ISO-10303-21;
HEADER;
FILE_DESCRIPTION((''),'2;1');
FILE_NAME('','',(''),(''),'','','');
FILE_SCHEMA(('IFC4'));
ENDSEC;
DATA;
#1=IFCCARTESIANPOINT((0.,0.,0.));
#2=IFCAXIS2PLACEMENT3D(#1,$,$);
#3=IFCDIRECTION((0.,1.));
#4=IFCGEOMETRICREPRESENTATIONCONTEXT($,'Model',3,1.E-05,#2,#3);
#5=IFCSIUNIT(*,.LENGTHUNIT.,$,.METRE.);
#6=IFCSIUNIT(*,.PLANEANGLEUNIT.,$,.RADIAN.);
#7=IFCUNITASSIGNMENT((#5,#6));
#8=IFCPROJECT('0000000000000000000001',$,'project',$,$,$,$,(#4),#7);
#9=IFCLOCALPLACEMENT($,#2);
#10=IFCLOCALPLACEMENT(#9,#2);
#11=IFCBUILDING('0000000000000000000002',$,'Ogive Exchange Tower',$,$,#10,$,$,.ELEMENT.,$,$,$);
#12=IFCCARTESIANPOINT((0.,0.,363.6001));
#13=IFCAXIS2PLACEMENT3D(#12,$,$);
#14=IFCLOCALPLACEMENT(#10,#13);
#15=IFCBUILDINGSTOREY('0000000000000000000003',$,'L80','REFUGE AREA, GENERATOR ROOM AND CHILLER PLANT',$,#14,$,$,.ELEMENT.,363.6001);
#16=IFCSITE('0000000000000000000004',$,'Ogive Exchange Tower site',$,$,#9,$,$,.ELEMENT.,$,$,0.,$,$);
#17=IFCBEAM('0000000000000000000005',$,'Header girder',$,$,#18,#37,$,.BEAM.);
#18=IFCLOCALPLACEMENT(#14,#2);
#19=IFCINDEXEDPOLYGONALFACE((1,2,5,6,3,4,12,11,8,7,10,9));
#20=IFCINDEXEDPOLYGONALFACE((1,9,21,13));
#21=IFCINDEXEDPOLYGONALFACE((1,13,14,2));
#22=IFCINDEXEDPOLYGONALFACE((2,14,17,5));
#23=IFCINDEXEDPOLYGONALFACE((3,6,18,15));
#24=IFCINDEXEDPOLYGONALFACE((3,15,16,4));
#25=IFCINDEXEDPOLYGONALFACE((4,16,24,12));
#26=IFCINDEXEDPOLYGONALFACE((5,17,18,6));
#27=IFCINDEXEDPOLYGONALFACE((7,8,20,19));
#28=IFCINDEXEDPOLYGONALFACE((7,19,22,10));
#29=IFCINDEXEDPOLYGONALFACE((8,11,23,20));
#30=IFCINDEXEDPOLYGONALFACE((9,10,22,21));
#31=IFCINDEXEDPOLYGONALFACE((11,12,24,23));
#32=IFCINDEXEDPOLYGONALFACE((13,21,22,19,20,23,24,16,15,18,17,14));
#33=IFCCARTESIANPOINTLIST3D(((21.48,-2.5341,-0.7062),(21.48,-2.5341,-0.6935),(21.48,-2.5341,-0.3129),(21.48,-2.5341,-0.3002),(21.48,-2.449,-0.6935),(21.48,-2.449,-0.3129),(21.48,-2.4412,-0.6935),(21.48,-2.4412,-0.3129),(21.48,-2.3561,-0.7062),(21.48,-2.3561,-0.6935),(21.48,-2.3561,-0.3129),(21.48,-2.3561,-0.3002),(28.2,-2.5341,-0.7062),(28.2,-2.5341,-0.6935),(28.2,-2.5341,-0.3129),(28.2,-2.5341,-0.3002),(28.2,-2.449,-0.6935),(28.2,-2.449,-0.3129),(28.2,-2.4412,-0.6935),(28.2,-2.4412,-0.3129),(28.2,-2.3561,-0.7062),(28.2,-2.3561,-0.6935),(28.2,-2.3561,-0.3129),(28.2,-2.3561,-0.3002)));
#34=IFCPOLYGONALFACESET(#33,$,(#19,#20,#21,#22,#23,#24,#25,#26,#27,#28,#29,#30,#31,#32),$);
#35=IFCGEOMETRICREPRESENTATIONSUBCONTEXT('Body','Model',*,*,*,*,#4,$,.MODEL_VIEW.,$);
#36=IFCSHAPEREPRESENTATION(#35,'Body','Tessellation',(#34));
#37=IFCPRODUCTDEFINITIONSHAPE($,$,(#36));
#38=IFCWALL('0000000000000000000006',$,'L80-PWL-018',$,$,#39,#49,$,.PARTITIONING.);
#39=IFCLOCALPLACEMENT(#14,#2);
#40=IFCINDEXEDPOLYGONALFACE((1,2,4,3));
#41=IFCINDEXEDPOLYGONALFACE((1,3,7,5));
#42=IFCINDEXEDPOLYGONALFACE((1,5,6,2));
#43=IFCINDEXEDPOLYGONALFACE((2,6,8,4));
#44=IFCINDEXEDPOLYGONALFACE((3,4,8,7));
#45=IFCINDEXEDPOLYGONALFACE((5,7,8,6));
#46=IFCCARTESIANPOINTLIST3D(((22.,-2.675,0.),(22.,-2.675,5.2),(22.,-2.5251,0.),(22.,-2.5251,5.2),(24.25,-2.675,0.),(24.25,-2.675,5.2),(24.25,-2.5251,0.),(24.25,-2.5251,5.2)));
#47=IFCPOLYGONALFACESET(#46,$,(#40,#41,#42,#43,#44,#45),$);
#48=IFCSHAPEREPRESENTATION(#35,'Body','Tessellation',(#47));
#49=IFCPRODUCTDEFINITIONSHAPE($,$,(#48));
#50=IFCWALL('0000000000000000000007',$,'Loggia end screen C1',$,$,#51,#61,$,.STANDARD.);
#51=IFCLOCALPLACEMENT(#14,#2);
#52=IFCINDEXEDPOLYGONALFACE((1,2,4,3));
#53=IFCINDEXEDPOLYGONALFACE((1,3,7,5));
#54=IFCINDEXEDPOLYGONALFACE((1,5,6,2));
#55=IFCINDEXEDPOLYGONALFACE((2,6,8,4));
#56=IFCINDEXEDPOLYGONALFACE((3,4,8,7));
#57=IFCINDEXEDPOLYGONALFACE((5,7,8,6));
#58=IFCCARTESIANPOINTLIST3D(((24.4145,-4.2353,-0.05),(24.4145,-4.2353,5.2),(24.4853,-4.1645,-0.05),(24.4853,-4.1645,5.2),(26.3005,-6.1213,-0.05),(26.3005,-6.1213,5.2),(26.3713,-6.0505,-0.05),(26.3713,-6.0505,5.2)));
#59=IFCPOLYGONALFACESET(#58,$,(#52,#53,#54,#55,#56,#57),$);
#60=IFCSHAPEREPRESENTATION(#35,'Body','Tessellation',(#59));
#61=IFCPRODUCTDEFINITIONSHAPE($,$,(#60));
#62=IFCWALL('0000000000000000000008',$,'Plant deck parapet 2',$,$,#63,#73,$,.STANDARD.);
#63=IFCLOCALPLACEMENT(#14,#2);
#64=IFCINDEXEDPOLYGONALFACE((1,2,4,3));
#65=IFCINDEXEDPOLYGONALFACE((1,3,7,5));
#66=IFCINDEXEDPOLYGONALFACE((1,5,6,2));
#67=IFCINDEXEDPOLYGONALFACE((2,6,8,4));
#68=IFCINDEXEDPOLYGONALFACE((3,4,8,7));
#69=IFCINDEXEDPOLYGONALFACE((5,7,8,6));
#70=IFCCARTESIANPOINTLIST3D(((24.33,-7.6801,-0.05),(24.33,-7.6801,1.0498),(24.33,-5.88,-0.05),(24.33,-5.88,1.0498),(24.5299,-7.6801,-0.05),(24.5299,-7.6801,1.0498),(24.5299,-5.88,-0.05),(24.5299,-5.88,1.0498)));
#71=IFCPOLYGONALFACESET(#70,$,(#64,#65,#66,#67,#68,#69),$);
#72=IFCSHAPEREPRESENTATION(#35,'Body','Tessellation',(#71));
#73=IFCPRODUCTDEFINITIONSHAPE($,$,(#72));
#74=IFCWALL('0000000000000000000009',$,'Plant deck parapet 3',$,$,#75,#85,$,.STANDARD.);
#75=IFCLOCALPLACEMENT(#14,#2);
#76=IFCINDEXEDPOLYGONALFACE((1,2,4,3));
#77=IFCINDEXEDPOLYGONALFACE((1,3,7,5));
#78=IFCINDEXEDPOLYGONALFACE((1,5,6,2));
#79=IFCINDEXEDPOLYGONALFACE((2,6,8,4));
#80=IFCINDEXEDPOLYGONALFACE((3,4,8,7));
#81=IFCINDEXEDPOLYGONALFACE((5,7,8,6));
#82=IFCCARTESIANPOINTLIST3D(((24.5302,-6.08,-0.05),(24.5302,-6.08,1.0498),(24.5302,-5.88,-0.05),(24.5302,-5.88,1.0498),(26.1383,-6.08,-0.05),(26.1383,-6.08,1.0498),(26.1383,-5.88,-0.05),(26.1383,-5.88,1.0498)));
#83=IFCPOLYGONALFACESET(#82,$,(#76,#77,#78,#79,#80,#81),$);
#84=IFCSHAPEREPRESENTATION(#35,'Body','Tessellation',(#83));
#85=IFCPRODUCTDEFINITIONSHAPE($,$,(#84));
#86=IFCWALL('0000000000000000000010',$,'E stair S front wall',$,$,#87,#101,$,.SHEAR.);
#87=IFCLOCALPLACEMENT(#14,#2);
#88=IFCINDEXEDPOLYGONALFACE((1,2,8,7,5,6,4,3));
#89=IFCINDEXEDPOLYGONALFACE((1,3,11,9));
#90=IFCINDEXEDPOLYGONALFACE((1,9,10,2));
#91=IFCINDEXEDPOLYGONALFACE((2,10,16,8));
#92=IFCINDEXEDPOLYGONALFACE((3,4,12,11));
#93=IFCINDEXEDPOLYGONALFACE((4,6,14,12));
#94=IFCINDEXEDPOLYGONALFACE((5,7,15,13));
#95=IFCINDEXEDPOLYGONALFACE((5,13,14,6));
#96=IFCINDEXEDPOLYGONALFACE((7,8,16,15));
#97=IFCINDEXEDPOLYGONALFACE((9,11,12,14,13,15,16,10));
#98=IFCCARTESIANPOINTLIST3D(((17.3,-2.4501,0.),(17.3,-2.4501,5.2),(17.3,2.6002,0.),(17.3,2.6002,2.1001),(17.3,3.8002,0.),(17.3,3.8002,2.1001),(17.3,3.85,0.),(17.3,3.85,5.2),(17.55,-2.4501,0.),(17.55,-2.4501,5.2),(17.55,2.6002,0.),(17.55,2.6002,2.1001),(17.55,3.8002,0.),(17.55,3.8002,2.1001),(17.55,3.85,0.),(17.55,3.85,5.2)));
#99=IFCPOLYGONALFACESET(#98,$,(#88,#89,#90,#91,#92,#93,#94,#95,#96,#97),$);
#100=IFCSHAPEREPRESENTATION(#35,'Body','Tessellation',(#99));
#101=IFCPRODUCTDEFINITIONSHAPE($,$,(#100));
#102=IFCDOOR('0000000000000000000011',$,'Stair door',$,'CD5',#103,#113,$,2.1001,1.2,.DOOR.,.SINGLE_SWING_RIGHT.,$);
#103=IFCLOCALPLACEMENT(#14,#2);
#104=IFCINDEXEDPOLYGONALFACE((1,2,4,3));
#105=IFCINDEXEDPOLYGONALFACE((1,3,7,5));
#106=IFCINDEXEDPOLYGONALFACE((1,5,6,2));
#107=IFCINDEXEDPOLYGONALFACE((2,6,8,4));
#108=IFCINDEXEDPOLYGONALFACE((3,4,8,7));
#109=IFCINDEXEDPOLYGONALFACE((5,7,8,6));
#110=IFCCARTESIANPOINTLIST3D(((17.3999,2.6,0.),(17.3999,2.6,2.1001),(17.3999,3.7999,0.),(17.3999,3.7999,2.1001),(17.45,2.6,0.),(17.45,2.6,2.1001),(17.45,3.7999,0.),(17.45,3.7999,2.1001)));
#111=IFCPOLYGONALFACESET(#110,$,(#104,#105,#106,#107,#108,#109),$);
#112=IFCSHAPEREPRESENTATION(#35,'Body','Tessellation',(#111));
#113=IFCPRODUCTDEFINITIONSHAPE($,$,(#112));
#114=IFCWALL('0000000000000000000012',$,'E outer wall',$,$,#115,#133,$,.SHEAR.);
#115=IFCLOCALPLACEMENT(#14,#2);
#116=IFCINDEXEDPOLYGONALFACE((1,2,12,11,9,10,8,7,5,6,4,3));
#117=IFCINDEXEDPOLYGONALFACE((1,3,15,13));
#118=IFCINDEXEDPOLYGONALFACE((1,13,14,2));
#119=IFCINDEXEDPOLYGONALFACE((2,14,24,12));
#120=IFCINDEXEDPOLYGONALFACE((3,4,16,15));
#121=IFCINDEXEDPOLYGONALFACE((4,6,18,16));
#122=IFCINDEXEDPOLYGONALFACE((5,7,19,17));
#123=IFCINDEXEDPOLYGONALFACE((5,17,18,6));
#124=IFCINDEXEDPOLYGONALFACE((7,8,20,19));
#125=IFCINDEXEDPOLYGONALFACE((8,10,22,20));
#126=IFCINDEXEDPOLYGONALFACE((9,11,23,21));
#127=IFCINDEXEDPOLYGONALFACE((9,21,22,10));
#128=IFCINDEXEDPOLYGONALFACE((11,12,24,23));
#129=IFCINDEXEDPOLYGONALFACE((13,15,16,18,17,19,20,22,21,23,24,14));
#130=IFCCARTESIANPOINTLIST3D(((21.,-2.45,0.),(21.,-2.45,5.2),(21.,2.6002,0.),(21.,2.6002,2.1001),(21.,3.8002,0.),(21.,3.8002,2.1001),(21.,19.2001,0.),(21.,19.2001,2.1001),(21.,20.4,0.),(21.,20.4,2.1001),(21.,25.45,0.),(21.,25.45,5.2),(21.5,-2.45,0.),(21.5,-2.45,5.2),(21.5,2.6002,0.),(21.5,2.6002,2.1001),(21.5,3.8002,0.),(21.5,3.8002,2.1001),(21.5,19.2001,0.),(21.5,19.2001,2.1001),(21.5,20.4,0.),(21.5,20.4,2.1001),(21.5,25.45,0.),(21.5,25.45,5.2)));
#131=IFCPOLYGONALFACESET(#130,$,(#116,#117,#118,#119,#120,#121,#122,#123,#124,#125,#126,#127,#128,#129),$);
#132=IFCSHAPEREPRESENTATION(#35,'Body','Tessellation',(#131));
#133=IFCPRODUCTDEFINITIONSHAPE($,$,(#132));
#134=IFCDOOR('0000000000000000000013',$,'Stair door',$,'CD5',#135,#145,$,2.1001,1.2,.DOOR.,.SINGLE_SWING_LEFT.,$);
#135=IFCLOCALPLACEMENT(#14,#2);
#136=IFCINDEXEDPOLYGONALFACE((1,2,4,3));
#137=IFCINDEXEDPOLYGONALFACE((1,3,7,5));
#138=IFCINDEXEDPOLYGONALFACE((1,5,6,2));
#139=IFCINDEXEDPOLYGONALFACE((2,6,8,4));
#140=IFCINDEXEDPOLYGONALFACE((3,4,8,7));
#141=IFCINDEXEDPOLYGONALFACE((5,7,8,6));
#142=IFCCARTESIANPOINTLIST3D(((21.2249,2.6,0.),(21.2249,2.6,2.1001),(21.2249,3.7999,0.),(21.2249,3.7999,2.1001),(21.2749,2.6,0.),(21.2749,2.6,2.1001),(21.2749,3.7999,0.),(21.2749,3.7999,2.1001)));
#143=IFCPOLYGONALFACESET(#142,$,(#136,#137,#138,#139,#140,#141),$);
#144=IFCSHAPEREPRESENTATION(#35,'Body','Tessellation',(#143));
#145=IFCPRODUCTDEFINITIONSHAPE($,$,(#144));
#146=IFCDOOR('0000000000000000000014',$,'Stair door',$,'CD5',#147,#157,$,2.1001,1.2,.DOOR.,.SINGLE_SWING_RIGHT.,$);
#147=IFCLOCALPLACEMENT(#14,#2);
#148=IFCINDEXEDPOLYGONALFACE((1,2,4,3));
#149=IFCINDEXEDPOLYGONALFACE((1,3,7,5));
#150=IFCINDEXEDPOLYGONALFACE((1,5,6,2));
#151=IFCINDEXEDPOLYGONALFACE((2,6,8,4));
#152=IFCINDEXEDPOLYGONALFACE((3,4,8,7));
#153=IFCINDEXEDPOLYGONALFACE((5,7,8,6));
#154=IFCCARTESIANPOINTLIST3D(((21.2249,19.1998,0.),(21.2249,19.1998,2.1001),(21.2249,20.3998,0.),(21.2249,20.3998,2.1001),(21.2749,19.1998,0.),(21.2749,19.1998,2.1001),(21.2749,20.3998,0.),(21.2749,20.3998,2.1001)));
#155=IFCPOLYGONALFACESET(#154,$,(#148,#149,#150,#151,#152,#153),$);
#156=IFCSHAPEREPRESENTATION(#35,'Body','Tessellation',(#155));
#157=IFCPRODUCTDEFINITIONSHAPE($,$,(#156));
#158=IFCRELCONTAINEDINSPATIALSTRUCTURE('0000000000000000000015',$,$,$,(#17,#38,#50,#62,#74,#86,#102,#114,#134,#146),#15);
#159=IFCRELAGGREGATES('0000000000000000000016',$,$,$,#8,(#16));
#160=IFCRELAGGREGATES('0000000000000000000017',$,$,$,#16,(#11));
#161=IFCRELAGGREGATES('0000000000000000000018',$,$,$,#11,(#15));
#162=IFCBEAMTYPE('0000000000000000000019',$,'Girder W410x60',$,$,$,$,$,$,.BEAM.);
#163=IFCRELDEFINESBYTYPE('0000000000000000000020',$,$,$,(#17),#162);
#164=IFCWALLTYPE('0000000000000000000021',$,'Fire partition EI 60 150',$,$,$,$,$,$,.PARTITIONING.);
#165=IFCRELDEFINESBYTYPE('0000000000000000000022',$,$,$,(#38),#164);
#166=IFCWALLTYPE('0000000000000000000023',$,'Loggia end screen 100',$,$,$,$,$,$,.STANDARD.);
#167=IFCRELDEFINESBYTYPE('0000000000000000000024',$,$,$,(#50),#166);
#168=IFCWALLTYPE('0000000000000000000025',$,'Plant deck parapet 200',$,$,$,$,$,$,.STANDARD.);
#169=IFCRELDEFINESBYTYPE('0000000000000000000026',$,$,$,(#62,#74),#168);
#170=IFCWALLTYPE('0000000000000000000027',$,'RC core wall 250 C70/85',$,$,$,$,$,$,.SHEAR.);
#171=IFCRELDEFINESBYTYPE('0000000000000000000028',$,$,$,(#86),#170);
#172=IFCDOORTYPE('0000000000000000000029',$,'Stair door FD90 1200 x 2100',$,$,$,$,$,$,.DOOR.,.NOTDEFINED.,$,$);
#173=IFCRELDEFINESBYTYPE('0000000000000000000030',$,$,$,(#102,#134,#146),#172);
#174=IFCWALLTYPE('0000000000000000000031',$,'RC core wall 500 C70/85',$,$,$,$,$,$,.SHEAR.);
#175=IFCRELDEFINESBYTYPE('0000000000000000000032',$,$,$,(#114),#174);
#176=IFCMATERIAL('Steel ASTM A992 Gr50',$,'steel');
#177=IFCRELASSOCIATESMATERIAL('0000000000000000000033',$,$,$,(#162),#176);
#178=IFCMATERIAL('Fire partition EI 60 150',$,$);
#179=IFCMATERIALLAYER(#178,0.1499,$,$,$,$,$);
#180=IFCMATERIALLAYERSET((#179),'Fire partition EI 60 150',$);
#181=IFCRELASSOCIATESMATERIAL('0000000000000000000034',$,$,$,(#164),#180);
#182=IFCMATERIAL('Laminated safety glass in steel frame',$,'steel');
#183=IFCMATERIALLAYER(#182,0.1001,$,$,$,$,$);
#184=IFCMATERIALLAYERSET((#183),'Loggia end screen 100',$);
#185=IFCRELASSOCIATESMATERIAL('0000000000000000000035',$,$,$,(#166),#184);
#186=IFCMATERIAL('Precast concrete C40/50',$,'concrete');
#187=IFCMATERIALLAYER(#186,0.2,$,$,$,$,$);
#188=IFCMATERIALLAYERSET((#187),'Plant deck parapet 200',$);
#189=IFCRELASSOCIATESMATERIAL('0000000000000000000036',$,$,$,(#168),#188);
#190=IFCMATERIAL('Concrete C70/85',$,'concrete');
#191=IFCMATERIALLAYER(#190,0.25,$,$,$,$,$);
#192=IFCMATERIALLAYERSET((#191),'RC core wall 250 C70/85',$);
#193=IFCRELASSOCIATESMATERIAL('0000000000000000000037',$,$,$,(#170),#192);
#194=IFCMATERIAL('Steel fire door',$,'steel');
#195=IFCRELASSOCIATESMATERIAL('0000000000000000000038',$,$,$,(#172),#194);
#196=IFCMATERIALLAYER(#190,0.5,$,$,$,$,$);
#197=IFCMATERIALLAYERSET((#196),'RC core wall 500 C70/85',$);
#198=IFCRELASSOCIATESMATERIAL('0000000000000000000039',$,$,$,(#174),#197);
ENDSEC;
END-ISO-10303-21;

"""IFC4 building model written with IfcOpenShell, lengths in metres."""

from ifc_helpers import new_model, si_unit, direction, frame, frame_2d, origin, origin_2d, place, context, subcontext, project, spatial, rectangle, i_section, extrude, material, layer, layer_set, material_profile, profile_set, type_object, element, fill, save


model = new_model("IFC4")

# Units and contexts
model_context = context("Model", 3, precision=1e-05, world=origin(), true_north=direction((0.0, 1.0)))
body_context = subcontext(model_context, "Body", "Model", "MODEL_VIEW")
ifc_project = project(units=[si_unit("LENGTHUNIT", "METRE"), si_unit("PLANEANGLEUNIT", "RADIAN")], contexts=[model_context])

# Site, building, storey
site_placement = place(None, origin())
site = spatial("IfcSite", under=ifc_project, at=site_placement, Name="Ogive Exchange Tower site", CompositionType="ELEMENT", RefElevation=0.0)
building_placement = place(site_placement, origin())
building = spatial("IfcBuilding", under=site, at=building_placement, Name="Ogive Exchange Tower", CompositionType="ELEMENT")
storey_placement = place(building_placement, frame((0.0, 0.0, 363.6001)))
storey = spatial("IfcBuildingStorey", under=building, at=storey_placement, Name="L80", Description="REFUGE AREA, GENERATOR ROOM AND CHILLER PLANT", CompositionType="ELEMENT", Elevation=363.6001)

# Beam
ifc_material_1 = material(Name="Steel ASTM A992 Gr50", Category="steel")
ifc_material_profile_1 = material_profile(ifc_material_1, i_section(OverallWidth=0.178, OverallDepth=0.406, WebThickness=0.0078, FlangeThickness=0.0127, at=origin_2d()), Name="W410x60")
ifc_profile_set_1 = profile_set([ifc_material_profile_1], Name="Steel ASTM A992 Gr50")
beam_type_1 = type_object("IfcBeamType", Name="Girder W410x60", PredefinedType="BEAM", material=ifc_profile_set_1)
beam_1_placement = place(storey_placement, frame((21.48, -2.4451, -0.5032), z_axis=(1.0, 0.0, 0.0), x_axis=(0.0, 1.0, 0.0)))
element("IfcBeam", 1, at=beam_1_placement, inside=storey, type_object=beam_type_1, Name="Header girder", PredefinedType="BEAM", context=body_context, shape_type="SweptSolid", body=[
    extrude(i_section(OverallWidth=0.178, OverallDepth=0.406, WebThickness=0.0078, FlangeThickness=0.0127, at=origin_2d()), origin(), (0.0, 0.0, 1.0), 6.72),
])

# Walls
ifc_material_2 = material(Name="Fire partition EI 60 150")
ifc_layer_1 = layer(ifc_material_2, 0.1499)
ifc_layer_set_1 = layer_set([ifc_layer_1], Name="Fire partition EI 60 150")
wall_type_1 = type_object("IfcWallType", Name="Fire partition EI 60 150", PredefinedType="PARTITIONING", material=ifc_layer_set_1)
wall_1_placement = place(storey_placement, frame((22.0, -2.6001, 0.0), z_axis=(0.0, 0.0, 1.0), x_axis=(1.0, 0.0, 0.0)))
element("IfcWall", 2, at=wall_1_placement, inside=storey, type_object=wall_type_1, Name="L80-PWL-018", PredefinedType="PARTITIONING", context=body_context, shape_type="SweptSolid", body=[
    extrude(rectangle(XDim=2.25, YDim=0.1499, at=frame_2d((1.125, 0.0))), origin(), (0.0, 0.0, 1.0), 5.2),
])
ifc_material_3 = material(Name="Laminated safety glass in steel frame", Category="steel")
ifc_layer_2 = layer(ifc_material_3, 0.1001)
ifc_layer_set_2 = layer_set([ifc_layer_2], Name="Loggia end screen 100")
wall_type_2 = type_object("IfcWallType", Name="Loggia end screen 100", PredefinedType="STANDARD", material=ifc_layer_set_2)
wall_2_placement = place(storey_placement, frame((24.45, -4.2, -0.05), z_axis=(0.0, 0.0, 1.0), x_axis=(0.707107, -0.707107, 0.0)))
element("IfcWall", 3, at=wall_2_placement, inside=storey, type_object=wall_type_2, Name="Loggia end screen C1", PredefinedType="STANDARD", context=body_context, shape_type="SweptSolid", body=[
    extrude(rectangle(XDim=2.6672, YDim=0.1001, at=frame_2d((1.3335, 0.0))), origin(), (0.0, 0.0, 1.0), 5.25),
])
ifc_material_4 = material(Name="Precast concrete C40/50", Category="concrete")
ifc_layer_3 = layer(ifc_material_4, 0.2)
ifc_layer_set_3 = layer_set([ifc_layer_3], Name="Plant deck parapet 200")
wall_type_3 = type_object("IfcWallType", Name="Plant deck parapet 200", PredefinedType="STANDARD", material=ifc_layer_set_3)
wall_3_placement = place(storey_placement, frame((24.4299, -7.6799, -0.05), z_axis=(0.0, 0.0, 1.0), x_axis=(0.0, 1.0, 0.0)))
element("IfcWall", 4, at=wall_3_placement, inside=storey, type_object=wall_type_3, Name="Plant deck parapet 2", PredefinedType="STANDARD", context=body_context, shape_type="SweptSolid", body=[
    extrude(rectangle(XDim=1.8, YDim=0.2, at=frame_2d((0.8999, 0.0))), origin(), (0.0, 0.0, 1.0), 1.0999),
])
wall_4_placement = place(storey_placement, frame((24.53, -5.98, -0.05), z_axis=(0.0, 0.0, 1.0), x_axis=(1.0, 0.0, 0.0)))
element("IfcWall", 5, at=wall_4_placement, inside=storey, type_object=wall_type_3, Name="Plant deck parapet 3", PredefinedType="STANDARD", context=body_context, shape_type="SweptSolid", body=[
    extrude(rectangle(XDim=1.6082, YDim=0.2, at=frame_2d((0.8042, 0.0))), origin(), (0.0, 0.0, 1.0), 1.0999),
])

# Wall, opening, door
ifc_material_5 = material(Name="Concrete C70/85", Category="concrete")
ifc_layer_4 = layer(ifc_material_5, 0.25)
ifc_layer_set_4 = layer_set([ifc_layer_4], Name="RC core wall 250 C70/85")
wall_type_4 = type_object("IfcWallType", Name="RC core wall 250 C70/85", PredefinedType="SHEAR", material=ifc_layer_set_4)
wall_5_placement = place(storey_placement, frame((17.425, -2.45, 0.0), z_axis=(0.0, 0.0, 1.0), x_axis=(0.0, 1.0, 0.0)))
wall_5 = element("IfcWall", 6, at=wall_5_placement, inside=storey, type_object=wall_type_4, Name="E stair S front wall", PredefinedType="SHEAR", context=body_context, shape_type="SweptSolid", body=[
    extrude(rectangle(XDim=6.3, YDim=0.25, at=frame_2d((3.1499, 0.0))), origin(), (0.0, 0.0, 1.0), 5.2),
])
opening_1_placement = place(wall_5_placement, frame((5.05, 0.0, 0.0)))
opening_1 = element("IfcOpeningElement", 7, at=opening_1_placement, cuts=wall_5, PredefinedType="OPENING", context=body_context, shape_type="SweptSolid", body=[
    extrude(rectangle(XDim=1.2, YDim=2.1001, at=frame_2d((0.6001, 1.05))), frame((0.0, 0.135, 0.0), z_axis=(0.0, -1.0, 0.0), x_axis=(1.0, 0.0, 0.0)), (0.0, 0.0, 1.0), 0.27),
])
ifc_material_6 = material(Name="Steel fire door", Category="steel")
door_type = type_object("IfcDoorType", Name="Stair door FD90 1200 x 2100", OperationType="NOTDEFINED", PredefinedType="DOOR", material=ifc_material_6)
door_1_placement = place(opening_1_placement, frame((1.2, 0.0, 0.0), z_axis=(0.0, 0.0, 1.0), x_axis=(-1.0, 0.0, 0.0)))
door_1 = element("IfcDoor", 8, at=door_1_placement, inside=storey, type_object=door_type, Name="Stair door", ObjectType="CD5", OperationType="SINGLE_SWING_RIGHT", OverallHeight=2.1001, OverallWidth=1.2, PredefinedType="DOOR", context=body_context, shape_type="SweptSolid", body=[
    extrude(rectangle(XDim=1.2, YDim=2.1001, at=frame_2d((0.6001, 1.05))), frame((0.0, 0.0249, 0.0), z_axis=(0.0, -1.0, 0.0), x_axis=(1.0, 0.0, 0.0)), (0.0, 0.0, 1.0), 0.05),
])
fill(opening_1, door_1)

# Wall, openings, doors
ifc_layer_5 = layer(ifc_material_5, 0.5)
ifc_layer_set_5 = layer_set([ifc_layer_5], Name="RC core wall 500 C70/85")
wall_type_5 = type_object("IfcWallType", Name="RC core wall 500 C70/85", PredefinedType="SHEAR", material=ifc_layer_set_5)
wall_6_placement = place(storey_placement, frame((21.25, -2.45, 0.0), z_axis=(0.0, 0.0, 1.0), x_axis=(0.0, 1.0, 0.0)))
wall_6 = element("IfcWall", 9, at=wall_6_placement, inside=storey, type_object=wall_type_5, Name="E outer wall", PredefinedType="SHEAR", context=body_context, shape_type="SweptSolid", body=[
    extrude(rectangle(XDim=27.8999, YDim=0.5, at=frame_2d((13.95, 0.0))), origin(), (0.0, 0.0, 1.0), 5.2),
])
opening_2_placement = place(wall_6_placement, frame((5.05, 0.0, 0.0)))
opening_2 = element("IfcOpeningElement", 10, at=opening_2_placement, cuts=wall_6, PredefinedType="OPENING", context=body_context, shape_type="SweptSolid", body=[
    extrude(rectangle(XDim=1.2, YDim=2.1001, at=frame_2d((0.6001, 1.05))), frame((0.0, 0.26, 0.0), z_axis=(0.0, -1.0, 0.0), x_axis=(1.0, 0.0, 0.0)), (0.0, 0.0, 1.0), 0.52),
])
opening_3_placement = place(wall_6_placement, frame((21.6499, 0.0, 0.0)))
opening_3 = element("IfcOpeningElement", 11, at=opening_3_placement, cuts=wall_6, PredefinedType="OPENING", context=body_context, shape_type="SweptSolid", body=[
    extrude(rectangle(XDim=1.2, YDim=2.1001, at=frame_2d((0.6001, 1.05))), frame((0.0, 0.26, 0.0), z_axis=(0.0, -1.0, 0.0), x_axis=(1.0, 0.0, 0.0)), (0.0, 0.0, 1.0), 0.52),
])
door_2_placement = place(opening_2_placement, frame((1.2, 0.0, 0.0), z_axis=(0.0, 0.0, 1.0), x_axis=(-1.0, 0.0, 0.0)))
door_2 = element("IfcDoor", 12, at=door_2_placement, inside=storey, type_object=door_type, Name="Stair door", ObjectType="CD5", OperationType="SINGLE_SWING_LEFT", OverallHeight=2.1001, OverallWidth=1.2, PredefinedType="DOOR", context=body_context, shape_type="SweptSolid", body=[
    extrude(rectangle(XDim=1.2, YDim=2.1001, at=frame_2d((0.6001, 1.05))), frame((0.0, 0.0249, 0.0), z_axis=(0.0, -1.0, 0.0), x_axis=(1.0, 0.0, 0.0)), (0.0, 0.0, 1.0), 0.05),
])
fill(opening_2, door_2)
door_3_placement = place(opening_3_placement, frame((1.2, 0.0, 0.0), z_axis=(0.0, 0.0, 1.0), x_axis=(-1.0, 0.0, 0.0)))
door_3 = element("IfcDoor", 13, at=door_3_placement, inside=storey, type_object=door_type, Name="Stair door", ObjectType="CD5", OperationType="SINGLE_SWING_RIGHT", OverallHeight=2.1001, OverallWidth=1.2, PredefinedType="DOOR", context=body_context, shape_type="SweptSolid", body=[
    extrude(rectangle(XDim=1.2, YDim=2.1001, at=frame_2d((0.6001, 1.05))), frame((0.0, 0.0249, 0.0), z_axis=(0.0, -1.0, 0.0), x_axis=(1.0, 0.0, 0.0)), (0.0, 0.0, 1.0), 0.05),
])
fill(opening_3, door_3)

save(model, "model.ifc")
